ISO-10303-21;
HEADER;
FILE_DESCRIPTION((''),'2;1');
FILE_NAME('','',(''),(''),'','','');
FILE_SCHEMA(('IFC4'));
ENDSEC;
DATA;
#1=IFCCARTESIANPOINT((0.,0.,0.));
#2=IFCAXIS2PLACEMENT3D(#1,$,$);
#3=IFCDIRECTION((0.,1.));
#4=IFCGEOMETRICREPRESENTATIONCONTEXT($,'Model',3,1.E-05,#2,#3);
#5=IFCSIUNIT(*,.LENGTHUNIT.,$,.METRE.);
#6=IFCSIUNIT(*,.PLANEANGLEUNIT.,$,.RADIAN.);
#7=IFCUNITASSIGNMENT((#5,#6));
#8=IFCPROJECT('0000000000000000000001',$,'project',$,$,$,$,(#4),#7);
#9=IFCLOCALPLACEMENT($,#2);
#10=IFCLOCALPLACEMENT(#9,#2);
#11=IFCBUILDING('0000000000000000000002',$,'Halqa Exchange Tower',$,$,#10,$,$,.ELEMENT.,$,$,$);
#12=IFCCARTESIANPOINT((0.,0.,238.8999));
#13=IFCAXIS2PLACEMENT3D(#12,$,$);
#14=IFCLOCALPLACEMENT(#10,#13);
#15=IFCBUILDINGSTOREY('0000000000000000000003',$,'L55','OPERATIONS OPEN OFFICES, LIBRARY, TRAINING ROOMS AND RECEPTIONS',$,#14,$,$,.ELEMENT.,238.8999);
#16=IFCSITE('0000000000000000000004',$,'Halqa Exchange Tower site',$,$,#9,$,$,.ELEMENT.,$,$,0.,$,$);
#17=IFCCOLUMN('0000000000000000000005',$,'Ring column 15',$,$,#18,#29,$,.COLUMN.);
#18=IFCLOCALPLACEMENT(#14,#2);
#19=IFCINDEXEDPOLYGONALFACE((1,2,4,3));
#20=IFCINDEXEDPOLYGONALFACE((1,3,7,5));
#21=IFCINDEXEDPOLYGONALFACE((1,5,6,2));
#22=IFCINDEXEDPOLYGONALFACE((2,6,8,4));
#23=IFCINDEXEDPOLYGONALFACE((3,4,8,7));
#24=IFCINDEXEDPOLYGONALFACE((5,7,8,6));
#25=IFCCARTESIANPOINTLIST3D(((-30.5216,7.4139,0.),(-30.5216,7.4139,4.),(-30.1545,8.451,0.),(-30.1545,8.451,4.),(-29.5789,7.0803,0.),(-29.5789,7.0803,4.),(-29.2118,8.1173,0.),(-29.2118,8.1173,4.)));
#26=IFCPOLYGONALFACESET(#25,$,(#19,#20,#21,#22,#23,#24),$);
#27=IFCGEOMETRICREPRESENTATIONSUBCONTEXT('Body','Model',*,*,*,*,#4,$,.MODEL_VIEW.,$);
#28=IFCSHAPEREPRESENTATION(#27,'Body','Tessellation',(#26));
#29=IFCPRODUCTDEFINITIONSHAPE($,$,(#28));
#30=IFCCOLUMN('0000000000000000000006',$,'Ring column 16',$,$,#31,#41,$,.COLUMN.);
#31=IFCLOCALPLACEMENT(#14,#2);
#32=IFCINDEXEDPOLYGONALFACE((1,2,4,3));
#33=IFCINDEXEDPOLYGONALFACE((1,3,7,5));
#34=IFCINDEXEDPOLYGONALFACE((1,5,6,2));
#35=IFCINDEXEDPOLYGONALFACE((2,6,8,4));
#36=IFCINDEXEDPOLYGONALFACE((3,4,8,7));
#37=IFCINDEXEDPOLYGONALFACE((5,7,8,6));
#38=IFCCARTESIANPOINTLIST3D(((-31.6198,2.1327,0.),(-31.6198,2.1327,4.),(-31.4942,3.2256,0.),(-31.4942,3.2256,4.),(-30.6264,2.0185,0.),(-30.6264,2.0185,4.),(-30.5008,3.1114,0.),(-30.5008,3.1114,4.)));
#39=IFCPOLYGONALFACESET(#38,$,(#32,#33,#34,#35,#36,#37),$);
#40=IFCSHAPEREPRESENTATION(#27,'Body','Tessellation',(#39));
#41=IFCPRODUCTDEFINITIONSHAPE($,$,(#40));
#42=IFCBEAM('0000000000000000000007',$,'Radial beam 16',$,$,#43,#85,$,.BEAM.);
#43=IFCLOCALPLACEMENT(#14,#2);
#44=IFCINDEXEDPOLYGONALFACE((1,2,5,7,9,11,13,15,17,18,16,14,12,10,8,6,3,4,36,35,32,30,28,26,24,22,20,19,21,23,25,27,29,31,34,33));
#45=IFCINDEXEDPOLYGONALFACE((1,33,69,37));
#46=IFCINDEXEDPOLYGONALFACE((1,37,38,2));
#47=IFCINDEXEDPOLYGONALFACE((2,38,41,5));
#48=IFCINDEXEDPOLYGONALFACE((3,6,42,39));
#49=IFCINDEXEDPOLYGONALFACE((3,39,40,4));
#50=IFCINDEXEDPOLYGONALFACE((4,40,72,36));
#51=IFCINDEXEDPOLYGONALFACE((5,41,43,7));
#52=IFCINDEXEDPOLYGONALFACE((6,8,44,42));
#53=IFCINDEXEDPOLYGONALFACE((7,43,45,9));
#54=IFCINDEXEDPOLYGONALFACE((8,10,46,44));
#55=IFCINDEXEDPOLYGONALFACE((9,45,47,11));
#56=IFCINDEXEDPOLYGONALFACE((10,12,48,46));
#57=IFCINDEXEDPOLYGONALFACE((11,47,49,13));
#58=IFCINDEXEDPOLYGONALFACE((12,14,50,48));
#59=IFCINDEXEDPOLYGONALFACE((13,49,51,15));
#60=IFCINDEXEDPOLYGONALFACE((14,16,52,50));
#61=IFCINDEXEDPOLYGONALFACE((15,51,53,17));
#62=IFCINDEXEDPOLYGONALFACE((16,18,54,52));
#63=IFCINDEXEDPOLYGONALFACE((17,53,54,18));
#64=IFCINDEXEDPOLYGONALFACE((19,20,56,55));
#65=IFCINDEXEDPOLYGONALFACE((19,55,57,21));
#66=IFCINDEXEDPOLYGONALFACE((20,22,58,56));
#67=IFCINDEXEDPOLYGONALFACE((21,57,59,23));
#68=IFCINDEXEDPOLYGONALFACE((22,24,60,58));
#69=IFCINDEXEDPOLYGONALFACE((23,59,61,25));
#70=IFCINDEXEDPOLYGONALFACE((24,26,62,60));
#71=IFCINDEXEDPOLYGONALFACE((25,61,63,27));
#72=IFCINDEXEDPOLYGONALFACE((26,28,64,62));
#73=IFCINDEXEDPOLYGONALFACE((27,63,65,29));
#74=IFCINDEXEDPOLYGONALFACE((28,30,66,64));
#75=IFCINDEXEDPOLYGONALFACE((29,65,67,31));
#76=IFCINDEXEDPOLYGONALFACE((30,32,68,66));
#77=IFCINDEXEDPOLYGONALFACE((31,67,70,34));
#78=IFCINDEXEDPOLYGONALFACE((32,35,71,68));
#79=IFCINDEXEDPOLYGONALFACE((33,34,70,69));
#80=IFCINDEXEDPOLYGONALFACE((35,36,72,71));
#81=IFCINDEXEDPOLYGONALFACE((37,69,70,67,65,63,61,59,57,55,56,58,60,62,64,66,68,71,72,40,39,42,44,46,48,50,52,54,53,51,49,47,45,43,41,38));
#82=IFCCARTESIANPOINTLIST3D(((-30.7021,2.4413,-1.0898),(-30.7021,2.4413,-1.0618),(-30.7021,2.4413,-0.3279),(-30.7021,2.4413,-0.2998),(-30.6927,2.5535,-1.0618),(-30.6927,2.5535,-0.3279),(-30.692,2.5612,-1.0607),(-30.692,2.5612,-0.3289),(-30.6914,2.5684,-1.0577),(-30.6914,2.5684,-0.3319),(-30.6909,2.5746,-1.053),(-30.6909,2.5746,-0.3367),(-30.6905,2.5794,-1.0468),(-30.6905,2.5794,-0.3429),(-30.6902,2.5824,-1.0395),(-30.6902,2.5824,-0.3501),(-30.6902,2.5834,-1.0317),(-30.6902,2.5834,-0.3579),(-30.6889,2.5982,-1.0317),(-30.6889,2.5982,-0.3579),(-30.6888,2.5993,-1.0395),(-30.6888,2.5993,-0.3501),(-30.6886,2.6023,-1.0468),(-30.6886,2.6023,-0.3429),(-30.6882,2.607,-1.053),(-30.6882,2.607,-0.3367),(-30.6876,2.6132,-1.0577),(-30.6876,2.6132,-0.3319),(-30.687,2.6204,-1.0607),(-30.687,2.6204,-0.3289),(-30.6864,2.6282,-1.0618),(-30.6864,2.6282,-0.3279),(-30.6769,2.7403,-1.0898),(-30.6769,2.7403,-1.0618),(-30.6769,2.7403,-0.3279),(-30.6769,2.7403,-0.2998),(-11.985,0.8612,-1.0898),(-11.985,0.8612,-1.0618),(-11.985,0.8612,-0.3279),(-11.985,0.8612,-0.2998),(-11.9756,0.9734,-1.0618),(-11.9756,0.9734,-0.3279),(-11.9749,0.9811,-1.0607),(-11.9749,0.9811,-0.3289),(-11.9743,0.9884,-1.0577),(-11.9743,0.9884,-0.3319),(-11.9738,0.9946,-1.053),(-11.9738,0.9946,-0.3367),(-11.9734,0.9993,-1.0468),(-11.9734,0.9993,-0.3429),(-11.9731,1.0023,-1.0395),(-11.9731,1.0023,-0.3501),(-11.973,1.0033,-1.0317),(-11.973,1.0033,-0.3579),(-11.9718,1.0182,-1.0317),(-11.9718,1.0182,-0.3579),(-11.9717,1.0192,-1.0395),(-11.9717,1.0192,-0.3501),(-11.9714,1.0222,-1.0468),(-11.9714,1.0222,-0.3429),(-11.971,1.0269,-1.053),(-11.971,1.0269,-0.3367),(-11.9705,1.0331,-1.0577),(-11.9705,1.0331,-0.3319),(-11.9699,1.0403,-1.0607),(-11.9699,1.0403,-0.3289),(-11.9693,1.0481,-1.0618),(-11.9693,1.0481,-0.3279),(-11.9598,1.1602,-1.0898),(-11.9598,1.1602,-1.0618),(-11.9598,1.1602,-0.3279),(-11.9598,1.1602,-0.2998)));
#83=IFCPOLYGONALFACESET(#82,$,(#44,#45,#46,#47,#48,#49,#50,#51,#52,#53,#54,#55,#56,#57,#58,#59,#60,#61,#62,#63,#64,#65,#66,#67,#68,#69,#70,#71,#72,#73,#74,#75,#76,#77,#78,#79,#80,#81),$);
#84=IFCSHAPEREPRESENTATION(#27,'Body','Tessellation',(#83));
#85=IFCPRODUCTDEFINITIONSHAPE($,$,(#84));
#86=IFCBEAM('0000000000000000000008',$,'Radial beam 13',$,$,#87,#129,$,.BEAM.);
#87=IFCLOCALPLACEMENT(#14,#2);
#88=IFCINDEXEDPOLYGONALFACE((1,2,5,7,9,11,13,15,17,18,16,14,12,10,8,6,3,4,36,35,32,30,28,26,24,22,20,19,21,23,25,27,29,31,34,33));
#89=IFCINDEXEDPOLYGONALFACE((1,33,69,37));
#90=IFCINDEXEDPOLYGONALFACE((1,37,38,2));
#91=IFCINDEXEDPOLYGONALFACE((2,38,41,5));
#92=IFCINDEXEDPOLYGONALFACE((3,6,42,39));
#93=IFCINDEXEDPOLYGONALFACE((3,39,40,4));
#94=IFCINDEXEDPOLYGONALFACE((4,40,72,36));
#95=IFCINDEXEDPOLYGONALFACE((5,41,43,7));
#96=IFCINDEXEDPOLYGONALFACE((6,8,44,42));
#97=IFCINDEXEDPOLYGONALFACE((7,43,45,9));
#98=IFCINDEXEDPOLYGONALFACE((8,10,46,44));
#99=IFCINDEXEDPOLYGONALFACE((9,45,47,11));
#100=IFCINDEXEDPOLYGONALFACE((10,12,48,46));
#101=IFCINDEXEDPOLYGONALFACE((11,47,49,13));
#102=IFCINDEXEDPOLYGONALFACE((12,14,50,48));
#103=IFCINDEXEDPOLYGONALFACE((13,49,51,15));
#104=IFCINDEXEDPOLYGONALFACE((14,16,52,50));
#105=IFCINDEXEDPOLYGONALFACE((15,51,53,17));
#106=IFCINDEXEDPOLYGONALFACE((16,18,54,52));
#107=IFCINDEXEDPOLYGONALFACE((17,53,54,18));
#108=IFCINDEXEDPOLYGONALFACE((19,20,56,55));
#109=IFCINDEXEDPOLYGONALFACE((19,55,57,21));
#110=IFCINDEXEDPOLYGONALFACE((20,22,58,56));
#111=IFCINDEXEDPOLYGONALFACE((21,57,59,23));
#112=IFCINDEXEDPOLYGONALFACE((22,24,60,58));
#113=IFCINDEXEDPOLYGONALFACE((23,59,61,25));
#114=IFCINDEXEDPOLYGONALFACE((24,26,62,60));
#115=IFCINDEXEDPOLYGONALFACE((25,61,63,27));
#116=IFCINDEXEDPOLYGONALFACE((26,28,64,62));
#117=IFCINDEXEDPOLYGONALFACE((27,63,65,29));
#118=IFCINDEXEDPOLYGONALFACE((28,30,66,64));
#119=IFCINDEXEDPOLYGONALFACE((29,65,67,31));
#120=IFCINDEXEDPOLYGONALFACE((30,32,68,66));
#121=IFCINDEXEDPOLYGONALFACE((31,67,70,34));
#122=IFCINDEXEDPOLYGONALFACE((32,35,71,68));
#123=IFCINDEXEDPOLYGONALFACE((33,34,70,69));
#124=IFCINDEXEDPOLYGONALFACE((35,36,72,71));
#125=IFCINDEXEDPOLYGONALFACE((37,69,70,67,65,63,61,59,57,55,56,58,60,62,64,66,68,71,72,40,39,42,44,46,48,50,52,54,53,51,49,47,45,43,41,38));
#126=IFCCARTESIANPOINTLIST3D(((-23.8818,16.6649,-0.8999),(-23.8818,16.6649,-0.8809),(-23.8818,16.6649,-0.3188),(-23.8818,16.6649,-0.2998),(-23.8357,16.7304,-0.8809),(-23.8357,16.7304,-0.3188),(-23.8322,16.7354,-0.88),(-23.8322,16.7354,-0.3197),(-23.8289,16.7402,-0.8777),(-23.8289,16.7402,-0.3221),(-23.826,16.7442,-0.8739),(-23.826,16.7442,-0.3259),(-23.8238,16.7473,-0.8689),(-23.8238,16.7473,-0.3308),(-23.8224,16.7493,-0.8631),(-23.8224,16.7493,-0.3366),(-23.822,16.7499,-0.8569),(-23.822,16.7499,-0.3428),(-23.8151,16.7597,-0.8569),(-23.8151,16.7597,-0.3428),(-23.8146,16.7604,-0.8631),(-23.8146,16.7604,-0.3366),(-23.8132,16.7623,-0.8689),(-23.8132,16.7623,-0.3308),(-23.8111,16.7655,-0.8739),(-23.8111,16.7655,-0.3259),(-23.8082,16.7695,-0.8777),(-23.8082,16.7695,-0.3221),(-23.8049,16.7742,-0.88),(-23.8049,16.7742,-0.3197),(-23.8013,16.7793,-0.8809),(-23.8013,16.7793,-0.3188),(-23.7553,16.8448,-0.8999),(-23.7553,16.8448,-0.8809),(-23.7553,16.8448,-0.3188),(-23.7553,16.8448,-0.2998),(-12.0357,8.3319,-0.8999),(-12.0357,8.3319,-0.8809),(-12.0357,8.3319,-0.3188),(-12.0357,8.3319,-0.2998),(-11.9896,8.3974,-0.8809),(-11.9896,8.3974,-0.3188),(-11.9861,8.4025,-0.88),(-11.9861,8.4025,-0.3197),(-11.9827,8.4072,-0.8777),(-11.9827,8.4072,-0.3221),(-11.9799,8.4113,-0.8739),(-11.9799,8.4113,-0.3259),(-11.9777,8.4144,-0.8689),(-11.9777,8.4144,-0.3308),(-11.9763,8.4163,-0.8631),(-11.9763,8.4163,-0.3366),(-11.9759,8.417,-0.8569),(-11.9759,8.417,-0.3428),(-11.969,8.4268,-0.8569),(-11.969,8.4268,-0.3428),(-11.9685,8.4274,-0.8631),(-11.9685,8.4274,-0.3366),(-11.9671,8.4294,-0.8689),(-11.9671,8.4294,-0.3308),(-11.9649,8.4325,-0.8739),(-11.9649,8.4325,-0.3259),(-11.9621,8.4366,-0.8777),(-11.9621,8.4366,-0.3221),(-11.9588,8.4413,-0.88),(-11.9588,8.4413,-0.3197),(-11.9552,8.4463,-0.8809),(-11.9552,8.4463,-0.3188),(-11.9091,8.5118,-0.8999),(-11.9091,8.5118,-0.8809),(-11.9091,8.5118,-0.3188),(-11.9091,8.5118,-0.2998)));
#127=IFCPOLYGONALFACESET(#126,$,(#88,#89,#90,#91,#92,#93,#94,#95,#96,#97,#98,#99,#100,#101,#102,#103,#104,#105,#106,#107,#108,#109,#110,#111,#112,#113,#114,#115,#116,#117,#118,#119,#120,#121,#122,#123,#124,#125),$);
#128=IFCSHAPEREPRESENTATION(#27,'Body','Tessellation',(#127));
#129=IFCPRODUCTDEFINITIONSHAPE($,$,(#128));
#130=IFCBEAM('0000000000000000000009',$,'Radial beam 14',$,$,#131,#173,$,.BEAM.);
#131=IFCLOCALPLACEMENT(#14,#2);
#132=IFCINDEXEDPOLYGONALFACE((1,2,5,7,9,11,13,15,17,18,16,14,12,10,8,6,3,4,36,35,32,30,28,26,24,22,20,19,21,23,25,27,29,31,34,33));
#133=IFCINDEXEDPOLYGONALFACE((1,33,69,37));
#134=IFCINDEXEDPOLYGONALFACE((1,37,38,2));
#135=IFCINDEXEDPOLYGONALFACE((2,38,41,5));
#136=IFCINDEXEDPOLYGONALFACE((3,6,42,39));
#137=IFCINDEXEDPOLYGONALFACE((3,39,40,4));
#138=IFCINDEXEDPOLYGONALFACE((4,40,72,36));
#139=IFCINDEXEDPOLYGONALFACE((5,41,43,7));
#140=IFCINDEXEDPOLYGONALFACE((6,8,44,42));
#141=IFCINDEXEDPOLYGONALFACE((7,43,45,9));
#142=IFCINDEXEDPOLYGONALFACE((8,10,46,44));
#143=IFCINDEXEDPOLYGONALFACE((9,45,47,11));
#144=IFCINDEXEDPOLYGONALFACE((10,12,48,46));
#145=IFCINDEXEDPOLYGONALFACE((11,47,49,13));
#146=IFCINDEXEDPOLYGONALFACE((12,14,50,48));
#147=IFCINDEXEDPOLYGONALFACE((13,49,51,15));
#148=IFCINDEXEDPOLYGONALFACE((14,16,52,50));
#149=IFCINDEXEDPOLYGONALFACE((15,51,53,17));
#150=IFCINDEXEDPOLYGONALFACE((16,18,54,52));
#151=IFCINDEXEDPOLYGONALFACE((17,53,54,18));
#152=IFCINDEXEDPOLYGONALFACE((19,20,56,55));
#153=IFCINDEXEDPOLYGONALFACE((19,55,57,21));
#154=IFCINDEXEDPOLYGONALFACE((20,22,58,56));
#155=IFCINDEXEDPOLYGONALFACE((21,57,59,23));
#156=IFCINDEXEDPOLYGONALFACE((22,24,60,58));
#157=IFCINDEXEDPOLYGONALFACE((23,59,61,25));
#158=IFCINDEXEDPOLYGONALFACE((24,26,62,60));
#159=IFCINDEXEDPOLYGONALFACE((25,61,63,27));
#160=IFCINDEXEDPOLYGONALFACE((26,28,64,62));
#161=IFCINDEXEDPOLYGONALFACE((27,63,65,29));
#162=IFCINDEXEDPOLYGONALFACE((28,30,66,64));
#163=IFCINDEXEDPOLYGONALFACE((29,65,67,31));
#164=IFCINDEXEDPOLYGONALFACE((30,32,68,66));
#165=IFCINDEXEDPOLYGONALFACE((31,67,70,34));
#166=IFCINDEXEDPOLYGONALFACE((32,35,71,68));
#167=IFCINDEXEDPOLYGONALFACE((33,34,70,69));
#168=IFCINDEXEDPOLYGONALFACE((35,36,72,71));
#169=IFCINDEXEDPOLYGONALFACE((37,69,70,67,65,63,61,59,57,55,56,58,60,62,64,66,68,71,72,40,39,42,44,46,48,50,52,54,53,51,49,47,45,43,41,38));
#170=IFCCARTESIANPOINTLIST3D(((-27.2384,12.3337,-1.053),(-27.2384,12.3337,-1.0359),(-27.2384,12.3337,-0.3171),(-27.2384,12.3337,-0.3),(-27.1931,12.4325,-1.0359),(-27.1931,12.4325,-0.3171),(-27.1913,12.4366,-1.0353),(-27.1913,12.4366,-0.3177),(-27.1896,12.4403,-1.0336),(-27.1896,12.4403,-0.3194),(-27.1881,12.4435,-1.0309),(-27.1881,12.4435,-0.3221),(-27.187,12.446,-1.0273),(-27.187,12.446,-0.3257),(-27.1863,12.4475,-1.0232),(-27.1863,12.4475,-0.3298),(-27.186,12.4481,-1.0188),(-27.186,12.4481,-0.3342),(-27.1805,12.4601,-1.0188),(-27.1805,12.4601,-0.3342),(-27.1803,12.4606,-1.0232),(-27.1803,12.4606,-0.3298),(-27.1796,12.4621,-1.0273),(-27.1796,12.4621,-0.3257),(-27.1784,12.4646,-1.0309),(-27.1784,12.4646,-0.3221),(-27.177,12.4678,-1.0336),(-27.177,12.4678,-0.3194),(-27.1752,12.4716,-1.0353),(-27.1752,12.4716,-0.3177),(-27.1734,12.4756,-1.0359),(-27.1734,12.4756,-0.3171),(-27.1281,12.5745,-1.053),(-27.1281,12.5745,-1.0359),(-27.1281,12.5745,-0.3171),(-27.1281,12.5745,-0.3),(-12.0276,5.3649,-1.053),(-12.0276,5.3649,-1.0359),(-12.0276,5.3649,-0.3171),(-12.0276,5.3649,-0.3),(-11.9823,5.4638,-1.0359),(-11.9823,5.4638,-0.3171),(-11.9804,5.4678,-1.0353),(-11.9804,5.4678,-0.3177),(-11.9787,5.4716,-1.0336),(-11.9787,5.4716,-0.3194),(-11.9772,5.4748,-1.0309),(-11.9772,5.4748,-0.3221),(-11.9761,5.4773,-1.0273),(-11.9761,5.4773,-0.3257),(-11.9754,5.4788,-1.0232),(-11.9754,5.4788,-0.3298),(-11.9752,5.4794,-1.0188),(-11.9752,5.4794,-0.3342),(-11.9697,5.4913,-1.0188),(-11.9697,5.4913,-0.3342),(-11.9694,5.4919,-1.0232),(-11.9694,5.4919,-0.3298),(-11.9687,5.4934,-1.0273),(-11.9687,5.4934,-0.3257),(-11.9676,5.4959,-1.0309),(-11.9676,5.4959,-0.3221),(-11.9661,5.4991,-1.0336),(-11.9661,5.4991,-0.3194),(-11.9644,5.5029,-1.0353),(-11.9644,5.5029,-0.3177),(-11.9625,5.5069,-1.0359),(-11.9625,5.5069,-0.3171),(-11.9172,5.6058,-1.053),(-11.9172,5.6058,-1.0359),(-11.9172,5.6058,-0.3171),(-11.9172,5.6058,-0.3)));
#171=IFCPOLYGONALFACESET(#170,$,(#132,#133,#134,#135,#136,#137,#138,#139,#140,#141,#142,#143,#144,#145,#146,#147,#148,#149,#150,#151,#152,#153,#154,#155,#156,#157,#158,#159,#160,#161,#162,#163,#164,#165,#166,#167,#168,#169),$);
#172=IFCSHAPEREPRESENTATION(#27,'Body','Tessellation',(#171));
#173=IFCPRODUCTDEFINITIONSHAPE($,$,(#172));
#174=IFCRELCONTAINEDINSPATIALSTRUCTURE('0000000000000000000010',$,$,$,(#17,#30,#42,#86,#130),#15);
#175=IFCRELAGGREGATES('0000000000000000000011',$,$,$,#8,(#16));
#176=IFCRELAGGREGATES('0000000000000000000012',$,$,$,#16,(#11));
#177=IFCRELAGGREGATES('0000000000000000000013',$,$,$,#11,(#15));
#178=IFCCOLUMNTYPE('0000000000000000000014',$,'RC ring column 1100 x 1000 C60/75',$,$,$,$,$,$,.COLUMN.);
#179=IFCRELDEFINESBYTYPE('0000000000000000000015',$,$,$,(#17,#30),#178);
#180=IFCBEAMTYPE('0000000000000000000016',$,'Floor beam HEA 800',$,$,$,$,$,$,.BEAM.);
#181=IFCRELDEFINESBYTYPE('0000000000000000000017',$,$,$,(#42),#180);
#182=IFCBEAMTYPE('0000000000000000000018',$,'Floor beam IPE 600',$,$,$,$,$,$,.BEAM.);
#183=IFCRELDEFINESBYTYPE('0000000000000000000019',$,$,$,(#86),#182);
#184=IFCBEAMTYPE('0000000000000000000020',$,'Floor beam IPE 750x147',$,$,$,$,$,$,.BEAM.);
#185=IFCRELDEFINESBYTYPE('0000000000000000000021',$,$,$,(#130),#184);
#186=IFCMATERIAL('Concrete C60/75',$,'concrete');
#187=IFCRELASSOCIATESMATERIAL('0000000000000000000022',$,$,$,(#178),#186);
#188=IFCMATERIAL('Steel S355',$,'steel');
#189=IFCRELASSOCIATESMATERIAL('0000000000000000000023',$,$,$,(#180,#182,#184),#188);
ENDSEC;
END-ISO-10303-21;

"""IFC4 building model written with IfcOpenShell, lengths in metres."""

from ifc_helpers import new_model, si_unit, direction, frame, origin, origin_2d, place, context, subcontext, project, spatial, rectangle, i_section, extrude, material, material_profile, profile_set, type_object, element, save


model = new_model("IFC4")

# Units and contexts
model_context = context("Model", 3, precision=1e-05, world=origin(), true_north=direction((0.0, 1.0)))
body_context = subcontext(model_context, "Body", "Model", "MODEL_VIEW")
ifc_project = project(units=[si_unit("LENGTHUNIT", "METRE"), si_unit("PLANEANGLEUNIT", "RADIAN")], contexts=[model_context])

# Site, building, storey
site_placement = place(None, origin())
site = spatial("IfcSite", under=ifc_project, at=site_placement, Name="Halqa Exchange Tower site", CompositionType="ELEMENT", RefElevation=0.0)
building_placement = place(site_placement, origin())
building = spatial("IfcBuilding", under=site, at=building_placement, Name="Halqa Exchange Tower", CompositionType="ELEMENT")
storey_placement = place(building_placement, frame((0.0, 0.0, 238.8999)))
storey = spatial("IfcBuildingStorey", under=building, at=storey_placement, Name="L55", Description="OPERATIONS OPEN OFFICES, LIBRARY, TRAINING ROOMS AND RECEPTIONS", CompositionType="ELEMENT", Elevation=238.8999)

# Columns
ifc_material_1 = material(Name="Concrete C60/75", Category="concrete")
ifc_material_profile_1 = material_profile(ifc_material_1, rectangle(XDim=1.1001, YDim=1.0, at=origin_2d()), Name="1100 x 1000")
ifc_profile_set_1 = profile_set([ifc_material_profile_1], Name="Concrete C60/75")
column_type = type_object("IfcColumnType", Name="RC ring column 1100 x 1000 C60/75", PredefinedType="COLUMN", material=ifc_profile_set_1)
for number, where, z_axis, x_axis, name in (
    (1, (-29.8667, 7.7656, 0.0), (0.0, 0.0, 1.0), (-0.333624, -0.942706, 0.0), "Ring column 15"),
    (2, (-31.0603, 2.6221, 0.0), (0.0, 0.0, 1.0), (-0.114153, -0.993463, 0.0), "Ring column 16"),
):
    element("IfcColumn", number, at=place(storey_placement, frame(where, z_axis=z_axis, x_axis=x_axis)), inside=storey, type_object=column_type, Name=name, PredefinedType="COLUMN", context=body_context, shape_type="SweptSolid", body=[
        extrude(rectangle(XDim=1.1001, YDim=1.0, at=origin_2d()), origin(), (0.0, 0.0, 1.0), 4.0),
    ])

# Beams
ifc_material_2 = material(Name="Steel S355", Category="steel")
ifc_material_profile_2 = material_profile(ifc_material_2, i_section(OverallWidth=0.3, OverallDepth=0.79, WebThickness=0.0149, FlangeThickness=0.0281, FilletRadius=0.03, at=origin_2d()), Name="HEA 800")
ifc_profile_set_2 = profile_set([ifc_material_profile_2], Name="Steel S355")
beam_type_1 = type_object("IfcBeamType", Name="Floor beam HEA 800", PredefinedType="BEAM", material=ifc_profile_set_2)
beam_1_placement = place(storey_placement, frame((-11.9724, 1.0107, -0.6948), z_axis=(-0.996456, 0.08412, 0.0), x_axis=(-0.08412, -0.996456, 0.0)))
element("IfcBeam", 3, at=beam_1_placement, inside=storey, type_object=beam_type_1, Name="Radial beam 16", PredefinedType="BEAM", context=body_context, shape_type="SweptSolid", body=[
    extrude(i_section(OverallWidth=0.3, OverallDepth=0.79, WebThickness=0.0149, FlangeThickness=0.0281, FilletRadius=0.03, at=origin_2d()), origin(), (0.0, 0.0, 1.0), 18.7837),
])
ifc_material_profile_3 = material_profile(ifc_material_2, i_section(OverallWidth=0.22, OverallDepth=0.6001, WebThickness=0.012, FlangeThickness=0.019, FilletRadius=0.0239, at=origin_2d()), Name="IPE 600")
ifc_profile_set_3 = profile_set([ifc_material_profile_3], Name="Steel S355")
beam_type_2 = type_object("IfcBeamType", Name="Floor beam IPE 600", PredefinedType="BEAM", material=ifc_profile_set_3)
beam_2_placement = place(storey_placement, frame((-11.9724, 8.4219, -0.5999), z_axis=(-0.81791, 0.575346, 0.0), x_axis=(-0.575346, -0.81791, 0.0)))
element("IfcBeam", 4, at=beam_2_placement, inside=storey, type_object=beam_type_2, Name="Radial beam 13", PredefinedType="BEAM", context=body_context, shape_type="SweptSolid", body=[
    extrude(i_section(OverallWidth=0.22, OverallDepth=0.6001, WebThickness=0.012, FlangeThickness=0.019, FilletRadius=0.0239, at=origin_2d()), origin(), (0.0, 0.0, 1.0), 14.4834),
])
ifc_material_profile_4 = material_profile(ifc_material_2, i_section(OverallWidth=0.2649, OverallDepth=0.7529, WebThickness=0.0132, FlangeThickness=0.0171, FilletRadius=0.0171, at=origin_2d()), Name="IPE 750x147")
ifc_profile_set_4 = profile_set([ifc_material_profile_4], Name="Steel S355")
beam_type_3 = type_object("IfcBeamType", Name="Floor beam IPE 750x147", PredefinedType="BEAM", material=ifc_profile_set_4)
beam_3_placement = place(storey_placement, frame((-11.9724, 5.4854, -0.6765), z_axis=(-0.909131, 0.41651, 0.0), x_axis=(-0.41651, -0.909131, 0.0)))
element("IfcBeam", 5, at=beam_3_placement, inside=storey, type_object=beam_type_3, Name="Radial beam 14", PredefinedType="BEAM", context=body_context, shape_type="SweptSolid", body=[
    extrude(i_section(OverallWidth=0.2649, OverallDepth=0.7529, WebThickness=0.0132, FlangeThickness=0.0171, FilletRadius=0.0171, at=origin_2d()), origin(), (0.0, 0.0, 1.0), 16.7312),
])

save(model, "model.ifc")
